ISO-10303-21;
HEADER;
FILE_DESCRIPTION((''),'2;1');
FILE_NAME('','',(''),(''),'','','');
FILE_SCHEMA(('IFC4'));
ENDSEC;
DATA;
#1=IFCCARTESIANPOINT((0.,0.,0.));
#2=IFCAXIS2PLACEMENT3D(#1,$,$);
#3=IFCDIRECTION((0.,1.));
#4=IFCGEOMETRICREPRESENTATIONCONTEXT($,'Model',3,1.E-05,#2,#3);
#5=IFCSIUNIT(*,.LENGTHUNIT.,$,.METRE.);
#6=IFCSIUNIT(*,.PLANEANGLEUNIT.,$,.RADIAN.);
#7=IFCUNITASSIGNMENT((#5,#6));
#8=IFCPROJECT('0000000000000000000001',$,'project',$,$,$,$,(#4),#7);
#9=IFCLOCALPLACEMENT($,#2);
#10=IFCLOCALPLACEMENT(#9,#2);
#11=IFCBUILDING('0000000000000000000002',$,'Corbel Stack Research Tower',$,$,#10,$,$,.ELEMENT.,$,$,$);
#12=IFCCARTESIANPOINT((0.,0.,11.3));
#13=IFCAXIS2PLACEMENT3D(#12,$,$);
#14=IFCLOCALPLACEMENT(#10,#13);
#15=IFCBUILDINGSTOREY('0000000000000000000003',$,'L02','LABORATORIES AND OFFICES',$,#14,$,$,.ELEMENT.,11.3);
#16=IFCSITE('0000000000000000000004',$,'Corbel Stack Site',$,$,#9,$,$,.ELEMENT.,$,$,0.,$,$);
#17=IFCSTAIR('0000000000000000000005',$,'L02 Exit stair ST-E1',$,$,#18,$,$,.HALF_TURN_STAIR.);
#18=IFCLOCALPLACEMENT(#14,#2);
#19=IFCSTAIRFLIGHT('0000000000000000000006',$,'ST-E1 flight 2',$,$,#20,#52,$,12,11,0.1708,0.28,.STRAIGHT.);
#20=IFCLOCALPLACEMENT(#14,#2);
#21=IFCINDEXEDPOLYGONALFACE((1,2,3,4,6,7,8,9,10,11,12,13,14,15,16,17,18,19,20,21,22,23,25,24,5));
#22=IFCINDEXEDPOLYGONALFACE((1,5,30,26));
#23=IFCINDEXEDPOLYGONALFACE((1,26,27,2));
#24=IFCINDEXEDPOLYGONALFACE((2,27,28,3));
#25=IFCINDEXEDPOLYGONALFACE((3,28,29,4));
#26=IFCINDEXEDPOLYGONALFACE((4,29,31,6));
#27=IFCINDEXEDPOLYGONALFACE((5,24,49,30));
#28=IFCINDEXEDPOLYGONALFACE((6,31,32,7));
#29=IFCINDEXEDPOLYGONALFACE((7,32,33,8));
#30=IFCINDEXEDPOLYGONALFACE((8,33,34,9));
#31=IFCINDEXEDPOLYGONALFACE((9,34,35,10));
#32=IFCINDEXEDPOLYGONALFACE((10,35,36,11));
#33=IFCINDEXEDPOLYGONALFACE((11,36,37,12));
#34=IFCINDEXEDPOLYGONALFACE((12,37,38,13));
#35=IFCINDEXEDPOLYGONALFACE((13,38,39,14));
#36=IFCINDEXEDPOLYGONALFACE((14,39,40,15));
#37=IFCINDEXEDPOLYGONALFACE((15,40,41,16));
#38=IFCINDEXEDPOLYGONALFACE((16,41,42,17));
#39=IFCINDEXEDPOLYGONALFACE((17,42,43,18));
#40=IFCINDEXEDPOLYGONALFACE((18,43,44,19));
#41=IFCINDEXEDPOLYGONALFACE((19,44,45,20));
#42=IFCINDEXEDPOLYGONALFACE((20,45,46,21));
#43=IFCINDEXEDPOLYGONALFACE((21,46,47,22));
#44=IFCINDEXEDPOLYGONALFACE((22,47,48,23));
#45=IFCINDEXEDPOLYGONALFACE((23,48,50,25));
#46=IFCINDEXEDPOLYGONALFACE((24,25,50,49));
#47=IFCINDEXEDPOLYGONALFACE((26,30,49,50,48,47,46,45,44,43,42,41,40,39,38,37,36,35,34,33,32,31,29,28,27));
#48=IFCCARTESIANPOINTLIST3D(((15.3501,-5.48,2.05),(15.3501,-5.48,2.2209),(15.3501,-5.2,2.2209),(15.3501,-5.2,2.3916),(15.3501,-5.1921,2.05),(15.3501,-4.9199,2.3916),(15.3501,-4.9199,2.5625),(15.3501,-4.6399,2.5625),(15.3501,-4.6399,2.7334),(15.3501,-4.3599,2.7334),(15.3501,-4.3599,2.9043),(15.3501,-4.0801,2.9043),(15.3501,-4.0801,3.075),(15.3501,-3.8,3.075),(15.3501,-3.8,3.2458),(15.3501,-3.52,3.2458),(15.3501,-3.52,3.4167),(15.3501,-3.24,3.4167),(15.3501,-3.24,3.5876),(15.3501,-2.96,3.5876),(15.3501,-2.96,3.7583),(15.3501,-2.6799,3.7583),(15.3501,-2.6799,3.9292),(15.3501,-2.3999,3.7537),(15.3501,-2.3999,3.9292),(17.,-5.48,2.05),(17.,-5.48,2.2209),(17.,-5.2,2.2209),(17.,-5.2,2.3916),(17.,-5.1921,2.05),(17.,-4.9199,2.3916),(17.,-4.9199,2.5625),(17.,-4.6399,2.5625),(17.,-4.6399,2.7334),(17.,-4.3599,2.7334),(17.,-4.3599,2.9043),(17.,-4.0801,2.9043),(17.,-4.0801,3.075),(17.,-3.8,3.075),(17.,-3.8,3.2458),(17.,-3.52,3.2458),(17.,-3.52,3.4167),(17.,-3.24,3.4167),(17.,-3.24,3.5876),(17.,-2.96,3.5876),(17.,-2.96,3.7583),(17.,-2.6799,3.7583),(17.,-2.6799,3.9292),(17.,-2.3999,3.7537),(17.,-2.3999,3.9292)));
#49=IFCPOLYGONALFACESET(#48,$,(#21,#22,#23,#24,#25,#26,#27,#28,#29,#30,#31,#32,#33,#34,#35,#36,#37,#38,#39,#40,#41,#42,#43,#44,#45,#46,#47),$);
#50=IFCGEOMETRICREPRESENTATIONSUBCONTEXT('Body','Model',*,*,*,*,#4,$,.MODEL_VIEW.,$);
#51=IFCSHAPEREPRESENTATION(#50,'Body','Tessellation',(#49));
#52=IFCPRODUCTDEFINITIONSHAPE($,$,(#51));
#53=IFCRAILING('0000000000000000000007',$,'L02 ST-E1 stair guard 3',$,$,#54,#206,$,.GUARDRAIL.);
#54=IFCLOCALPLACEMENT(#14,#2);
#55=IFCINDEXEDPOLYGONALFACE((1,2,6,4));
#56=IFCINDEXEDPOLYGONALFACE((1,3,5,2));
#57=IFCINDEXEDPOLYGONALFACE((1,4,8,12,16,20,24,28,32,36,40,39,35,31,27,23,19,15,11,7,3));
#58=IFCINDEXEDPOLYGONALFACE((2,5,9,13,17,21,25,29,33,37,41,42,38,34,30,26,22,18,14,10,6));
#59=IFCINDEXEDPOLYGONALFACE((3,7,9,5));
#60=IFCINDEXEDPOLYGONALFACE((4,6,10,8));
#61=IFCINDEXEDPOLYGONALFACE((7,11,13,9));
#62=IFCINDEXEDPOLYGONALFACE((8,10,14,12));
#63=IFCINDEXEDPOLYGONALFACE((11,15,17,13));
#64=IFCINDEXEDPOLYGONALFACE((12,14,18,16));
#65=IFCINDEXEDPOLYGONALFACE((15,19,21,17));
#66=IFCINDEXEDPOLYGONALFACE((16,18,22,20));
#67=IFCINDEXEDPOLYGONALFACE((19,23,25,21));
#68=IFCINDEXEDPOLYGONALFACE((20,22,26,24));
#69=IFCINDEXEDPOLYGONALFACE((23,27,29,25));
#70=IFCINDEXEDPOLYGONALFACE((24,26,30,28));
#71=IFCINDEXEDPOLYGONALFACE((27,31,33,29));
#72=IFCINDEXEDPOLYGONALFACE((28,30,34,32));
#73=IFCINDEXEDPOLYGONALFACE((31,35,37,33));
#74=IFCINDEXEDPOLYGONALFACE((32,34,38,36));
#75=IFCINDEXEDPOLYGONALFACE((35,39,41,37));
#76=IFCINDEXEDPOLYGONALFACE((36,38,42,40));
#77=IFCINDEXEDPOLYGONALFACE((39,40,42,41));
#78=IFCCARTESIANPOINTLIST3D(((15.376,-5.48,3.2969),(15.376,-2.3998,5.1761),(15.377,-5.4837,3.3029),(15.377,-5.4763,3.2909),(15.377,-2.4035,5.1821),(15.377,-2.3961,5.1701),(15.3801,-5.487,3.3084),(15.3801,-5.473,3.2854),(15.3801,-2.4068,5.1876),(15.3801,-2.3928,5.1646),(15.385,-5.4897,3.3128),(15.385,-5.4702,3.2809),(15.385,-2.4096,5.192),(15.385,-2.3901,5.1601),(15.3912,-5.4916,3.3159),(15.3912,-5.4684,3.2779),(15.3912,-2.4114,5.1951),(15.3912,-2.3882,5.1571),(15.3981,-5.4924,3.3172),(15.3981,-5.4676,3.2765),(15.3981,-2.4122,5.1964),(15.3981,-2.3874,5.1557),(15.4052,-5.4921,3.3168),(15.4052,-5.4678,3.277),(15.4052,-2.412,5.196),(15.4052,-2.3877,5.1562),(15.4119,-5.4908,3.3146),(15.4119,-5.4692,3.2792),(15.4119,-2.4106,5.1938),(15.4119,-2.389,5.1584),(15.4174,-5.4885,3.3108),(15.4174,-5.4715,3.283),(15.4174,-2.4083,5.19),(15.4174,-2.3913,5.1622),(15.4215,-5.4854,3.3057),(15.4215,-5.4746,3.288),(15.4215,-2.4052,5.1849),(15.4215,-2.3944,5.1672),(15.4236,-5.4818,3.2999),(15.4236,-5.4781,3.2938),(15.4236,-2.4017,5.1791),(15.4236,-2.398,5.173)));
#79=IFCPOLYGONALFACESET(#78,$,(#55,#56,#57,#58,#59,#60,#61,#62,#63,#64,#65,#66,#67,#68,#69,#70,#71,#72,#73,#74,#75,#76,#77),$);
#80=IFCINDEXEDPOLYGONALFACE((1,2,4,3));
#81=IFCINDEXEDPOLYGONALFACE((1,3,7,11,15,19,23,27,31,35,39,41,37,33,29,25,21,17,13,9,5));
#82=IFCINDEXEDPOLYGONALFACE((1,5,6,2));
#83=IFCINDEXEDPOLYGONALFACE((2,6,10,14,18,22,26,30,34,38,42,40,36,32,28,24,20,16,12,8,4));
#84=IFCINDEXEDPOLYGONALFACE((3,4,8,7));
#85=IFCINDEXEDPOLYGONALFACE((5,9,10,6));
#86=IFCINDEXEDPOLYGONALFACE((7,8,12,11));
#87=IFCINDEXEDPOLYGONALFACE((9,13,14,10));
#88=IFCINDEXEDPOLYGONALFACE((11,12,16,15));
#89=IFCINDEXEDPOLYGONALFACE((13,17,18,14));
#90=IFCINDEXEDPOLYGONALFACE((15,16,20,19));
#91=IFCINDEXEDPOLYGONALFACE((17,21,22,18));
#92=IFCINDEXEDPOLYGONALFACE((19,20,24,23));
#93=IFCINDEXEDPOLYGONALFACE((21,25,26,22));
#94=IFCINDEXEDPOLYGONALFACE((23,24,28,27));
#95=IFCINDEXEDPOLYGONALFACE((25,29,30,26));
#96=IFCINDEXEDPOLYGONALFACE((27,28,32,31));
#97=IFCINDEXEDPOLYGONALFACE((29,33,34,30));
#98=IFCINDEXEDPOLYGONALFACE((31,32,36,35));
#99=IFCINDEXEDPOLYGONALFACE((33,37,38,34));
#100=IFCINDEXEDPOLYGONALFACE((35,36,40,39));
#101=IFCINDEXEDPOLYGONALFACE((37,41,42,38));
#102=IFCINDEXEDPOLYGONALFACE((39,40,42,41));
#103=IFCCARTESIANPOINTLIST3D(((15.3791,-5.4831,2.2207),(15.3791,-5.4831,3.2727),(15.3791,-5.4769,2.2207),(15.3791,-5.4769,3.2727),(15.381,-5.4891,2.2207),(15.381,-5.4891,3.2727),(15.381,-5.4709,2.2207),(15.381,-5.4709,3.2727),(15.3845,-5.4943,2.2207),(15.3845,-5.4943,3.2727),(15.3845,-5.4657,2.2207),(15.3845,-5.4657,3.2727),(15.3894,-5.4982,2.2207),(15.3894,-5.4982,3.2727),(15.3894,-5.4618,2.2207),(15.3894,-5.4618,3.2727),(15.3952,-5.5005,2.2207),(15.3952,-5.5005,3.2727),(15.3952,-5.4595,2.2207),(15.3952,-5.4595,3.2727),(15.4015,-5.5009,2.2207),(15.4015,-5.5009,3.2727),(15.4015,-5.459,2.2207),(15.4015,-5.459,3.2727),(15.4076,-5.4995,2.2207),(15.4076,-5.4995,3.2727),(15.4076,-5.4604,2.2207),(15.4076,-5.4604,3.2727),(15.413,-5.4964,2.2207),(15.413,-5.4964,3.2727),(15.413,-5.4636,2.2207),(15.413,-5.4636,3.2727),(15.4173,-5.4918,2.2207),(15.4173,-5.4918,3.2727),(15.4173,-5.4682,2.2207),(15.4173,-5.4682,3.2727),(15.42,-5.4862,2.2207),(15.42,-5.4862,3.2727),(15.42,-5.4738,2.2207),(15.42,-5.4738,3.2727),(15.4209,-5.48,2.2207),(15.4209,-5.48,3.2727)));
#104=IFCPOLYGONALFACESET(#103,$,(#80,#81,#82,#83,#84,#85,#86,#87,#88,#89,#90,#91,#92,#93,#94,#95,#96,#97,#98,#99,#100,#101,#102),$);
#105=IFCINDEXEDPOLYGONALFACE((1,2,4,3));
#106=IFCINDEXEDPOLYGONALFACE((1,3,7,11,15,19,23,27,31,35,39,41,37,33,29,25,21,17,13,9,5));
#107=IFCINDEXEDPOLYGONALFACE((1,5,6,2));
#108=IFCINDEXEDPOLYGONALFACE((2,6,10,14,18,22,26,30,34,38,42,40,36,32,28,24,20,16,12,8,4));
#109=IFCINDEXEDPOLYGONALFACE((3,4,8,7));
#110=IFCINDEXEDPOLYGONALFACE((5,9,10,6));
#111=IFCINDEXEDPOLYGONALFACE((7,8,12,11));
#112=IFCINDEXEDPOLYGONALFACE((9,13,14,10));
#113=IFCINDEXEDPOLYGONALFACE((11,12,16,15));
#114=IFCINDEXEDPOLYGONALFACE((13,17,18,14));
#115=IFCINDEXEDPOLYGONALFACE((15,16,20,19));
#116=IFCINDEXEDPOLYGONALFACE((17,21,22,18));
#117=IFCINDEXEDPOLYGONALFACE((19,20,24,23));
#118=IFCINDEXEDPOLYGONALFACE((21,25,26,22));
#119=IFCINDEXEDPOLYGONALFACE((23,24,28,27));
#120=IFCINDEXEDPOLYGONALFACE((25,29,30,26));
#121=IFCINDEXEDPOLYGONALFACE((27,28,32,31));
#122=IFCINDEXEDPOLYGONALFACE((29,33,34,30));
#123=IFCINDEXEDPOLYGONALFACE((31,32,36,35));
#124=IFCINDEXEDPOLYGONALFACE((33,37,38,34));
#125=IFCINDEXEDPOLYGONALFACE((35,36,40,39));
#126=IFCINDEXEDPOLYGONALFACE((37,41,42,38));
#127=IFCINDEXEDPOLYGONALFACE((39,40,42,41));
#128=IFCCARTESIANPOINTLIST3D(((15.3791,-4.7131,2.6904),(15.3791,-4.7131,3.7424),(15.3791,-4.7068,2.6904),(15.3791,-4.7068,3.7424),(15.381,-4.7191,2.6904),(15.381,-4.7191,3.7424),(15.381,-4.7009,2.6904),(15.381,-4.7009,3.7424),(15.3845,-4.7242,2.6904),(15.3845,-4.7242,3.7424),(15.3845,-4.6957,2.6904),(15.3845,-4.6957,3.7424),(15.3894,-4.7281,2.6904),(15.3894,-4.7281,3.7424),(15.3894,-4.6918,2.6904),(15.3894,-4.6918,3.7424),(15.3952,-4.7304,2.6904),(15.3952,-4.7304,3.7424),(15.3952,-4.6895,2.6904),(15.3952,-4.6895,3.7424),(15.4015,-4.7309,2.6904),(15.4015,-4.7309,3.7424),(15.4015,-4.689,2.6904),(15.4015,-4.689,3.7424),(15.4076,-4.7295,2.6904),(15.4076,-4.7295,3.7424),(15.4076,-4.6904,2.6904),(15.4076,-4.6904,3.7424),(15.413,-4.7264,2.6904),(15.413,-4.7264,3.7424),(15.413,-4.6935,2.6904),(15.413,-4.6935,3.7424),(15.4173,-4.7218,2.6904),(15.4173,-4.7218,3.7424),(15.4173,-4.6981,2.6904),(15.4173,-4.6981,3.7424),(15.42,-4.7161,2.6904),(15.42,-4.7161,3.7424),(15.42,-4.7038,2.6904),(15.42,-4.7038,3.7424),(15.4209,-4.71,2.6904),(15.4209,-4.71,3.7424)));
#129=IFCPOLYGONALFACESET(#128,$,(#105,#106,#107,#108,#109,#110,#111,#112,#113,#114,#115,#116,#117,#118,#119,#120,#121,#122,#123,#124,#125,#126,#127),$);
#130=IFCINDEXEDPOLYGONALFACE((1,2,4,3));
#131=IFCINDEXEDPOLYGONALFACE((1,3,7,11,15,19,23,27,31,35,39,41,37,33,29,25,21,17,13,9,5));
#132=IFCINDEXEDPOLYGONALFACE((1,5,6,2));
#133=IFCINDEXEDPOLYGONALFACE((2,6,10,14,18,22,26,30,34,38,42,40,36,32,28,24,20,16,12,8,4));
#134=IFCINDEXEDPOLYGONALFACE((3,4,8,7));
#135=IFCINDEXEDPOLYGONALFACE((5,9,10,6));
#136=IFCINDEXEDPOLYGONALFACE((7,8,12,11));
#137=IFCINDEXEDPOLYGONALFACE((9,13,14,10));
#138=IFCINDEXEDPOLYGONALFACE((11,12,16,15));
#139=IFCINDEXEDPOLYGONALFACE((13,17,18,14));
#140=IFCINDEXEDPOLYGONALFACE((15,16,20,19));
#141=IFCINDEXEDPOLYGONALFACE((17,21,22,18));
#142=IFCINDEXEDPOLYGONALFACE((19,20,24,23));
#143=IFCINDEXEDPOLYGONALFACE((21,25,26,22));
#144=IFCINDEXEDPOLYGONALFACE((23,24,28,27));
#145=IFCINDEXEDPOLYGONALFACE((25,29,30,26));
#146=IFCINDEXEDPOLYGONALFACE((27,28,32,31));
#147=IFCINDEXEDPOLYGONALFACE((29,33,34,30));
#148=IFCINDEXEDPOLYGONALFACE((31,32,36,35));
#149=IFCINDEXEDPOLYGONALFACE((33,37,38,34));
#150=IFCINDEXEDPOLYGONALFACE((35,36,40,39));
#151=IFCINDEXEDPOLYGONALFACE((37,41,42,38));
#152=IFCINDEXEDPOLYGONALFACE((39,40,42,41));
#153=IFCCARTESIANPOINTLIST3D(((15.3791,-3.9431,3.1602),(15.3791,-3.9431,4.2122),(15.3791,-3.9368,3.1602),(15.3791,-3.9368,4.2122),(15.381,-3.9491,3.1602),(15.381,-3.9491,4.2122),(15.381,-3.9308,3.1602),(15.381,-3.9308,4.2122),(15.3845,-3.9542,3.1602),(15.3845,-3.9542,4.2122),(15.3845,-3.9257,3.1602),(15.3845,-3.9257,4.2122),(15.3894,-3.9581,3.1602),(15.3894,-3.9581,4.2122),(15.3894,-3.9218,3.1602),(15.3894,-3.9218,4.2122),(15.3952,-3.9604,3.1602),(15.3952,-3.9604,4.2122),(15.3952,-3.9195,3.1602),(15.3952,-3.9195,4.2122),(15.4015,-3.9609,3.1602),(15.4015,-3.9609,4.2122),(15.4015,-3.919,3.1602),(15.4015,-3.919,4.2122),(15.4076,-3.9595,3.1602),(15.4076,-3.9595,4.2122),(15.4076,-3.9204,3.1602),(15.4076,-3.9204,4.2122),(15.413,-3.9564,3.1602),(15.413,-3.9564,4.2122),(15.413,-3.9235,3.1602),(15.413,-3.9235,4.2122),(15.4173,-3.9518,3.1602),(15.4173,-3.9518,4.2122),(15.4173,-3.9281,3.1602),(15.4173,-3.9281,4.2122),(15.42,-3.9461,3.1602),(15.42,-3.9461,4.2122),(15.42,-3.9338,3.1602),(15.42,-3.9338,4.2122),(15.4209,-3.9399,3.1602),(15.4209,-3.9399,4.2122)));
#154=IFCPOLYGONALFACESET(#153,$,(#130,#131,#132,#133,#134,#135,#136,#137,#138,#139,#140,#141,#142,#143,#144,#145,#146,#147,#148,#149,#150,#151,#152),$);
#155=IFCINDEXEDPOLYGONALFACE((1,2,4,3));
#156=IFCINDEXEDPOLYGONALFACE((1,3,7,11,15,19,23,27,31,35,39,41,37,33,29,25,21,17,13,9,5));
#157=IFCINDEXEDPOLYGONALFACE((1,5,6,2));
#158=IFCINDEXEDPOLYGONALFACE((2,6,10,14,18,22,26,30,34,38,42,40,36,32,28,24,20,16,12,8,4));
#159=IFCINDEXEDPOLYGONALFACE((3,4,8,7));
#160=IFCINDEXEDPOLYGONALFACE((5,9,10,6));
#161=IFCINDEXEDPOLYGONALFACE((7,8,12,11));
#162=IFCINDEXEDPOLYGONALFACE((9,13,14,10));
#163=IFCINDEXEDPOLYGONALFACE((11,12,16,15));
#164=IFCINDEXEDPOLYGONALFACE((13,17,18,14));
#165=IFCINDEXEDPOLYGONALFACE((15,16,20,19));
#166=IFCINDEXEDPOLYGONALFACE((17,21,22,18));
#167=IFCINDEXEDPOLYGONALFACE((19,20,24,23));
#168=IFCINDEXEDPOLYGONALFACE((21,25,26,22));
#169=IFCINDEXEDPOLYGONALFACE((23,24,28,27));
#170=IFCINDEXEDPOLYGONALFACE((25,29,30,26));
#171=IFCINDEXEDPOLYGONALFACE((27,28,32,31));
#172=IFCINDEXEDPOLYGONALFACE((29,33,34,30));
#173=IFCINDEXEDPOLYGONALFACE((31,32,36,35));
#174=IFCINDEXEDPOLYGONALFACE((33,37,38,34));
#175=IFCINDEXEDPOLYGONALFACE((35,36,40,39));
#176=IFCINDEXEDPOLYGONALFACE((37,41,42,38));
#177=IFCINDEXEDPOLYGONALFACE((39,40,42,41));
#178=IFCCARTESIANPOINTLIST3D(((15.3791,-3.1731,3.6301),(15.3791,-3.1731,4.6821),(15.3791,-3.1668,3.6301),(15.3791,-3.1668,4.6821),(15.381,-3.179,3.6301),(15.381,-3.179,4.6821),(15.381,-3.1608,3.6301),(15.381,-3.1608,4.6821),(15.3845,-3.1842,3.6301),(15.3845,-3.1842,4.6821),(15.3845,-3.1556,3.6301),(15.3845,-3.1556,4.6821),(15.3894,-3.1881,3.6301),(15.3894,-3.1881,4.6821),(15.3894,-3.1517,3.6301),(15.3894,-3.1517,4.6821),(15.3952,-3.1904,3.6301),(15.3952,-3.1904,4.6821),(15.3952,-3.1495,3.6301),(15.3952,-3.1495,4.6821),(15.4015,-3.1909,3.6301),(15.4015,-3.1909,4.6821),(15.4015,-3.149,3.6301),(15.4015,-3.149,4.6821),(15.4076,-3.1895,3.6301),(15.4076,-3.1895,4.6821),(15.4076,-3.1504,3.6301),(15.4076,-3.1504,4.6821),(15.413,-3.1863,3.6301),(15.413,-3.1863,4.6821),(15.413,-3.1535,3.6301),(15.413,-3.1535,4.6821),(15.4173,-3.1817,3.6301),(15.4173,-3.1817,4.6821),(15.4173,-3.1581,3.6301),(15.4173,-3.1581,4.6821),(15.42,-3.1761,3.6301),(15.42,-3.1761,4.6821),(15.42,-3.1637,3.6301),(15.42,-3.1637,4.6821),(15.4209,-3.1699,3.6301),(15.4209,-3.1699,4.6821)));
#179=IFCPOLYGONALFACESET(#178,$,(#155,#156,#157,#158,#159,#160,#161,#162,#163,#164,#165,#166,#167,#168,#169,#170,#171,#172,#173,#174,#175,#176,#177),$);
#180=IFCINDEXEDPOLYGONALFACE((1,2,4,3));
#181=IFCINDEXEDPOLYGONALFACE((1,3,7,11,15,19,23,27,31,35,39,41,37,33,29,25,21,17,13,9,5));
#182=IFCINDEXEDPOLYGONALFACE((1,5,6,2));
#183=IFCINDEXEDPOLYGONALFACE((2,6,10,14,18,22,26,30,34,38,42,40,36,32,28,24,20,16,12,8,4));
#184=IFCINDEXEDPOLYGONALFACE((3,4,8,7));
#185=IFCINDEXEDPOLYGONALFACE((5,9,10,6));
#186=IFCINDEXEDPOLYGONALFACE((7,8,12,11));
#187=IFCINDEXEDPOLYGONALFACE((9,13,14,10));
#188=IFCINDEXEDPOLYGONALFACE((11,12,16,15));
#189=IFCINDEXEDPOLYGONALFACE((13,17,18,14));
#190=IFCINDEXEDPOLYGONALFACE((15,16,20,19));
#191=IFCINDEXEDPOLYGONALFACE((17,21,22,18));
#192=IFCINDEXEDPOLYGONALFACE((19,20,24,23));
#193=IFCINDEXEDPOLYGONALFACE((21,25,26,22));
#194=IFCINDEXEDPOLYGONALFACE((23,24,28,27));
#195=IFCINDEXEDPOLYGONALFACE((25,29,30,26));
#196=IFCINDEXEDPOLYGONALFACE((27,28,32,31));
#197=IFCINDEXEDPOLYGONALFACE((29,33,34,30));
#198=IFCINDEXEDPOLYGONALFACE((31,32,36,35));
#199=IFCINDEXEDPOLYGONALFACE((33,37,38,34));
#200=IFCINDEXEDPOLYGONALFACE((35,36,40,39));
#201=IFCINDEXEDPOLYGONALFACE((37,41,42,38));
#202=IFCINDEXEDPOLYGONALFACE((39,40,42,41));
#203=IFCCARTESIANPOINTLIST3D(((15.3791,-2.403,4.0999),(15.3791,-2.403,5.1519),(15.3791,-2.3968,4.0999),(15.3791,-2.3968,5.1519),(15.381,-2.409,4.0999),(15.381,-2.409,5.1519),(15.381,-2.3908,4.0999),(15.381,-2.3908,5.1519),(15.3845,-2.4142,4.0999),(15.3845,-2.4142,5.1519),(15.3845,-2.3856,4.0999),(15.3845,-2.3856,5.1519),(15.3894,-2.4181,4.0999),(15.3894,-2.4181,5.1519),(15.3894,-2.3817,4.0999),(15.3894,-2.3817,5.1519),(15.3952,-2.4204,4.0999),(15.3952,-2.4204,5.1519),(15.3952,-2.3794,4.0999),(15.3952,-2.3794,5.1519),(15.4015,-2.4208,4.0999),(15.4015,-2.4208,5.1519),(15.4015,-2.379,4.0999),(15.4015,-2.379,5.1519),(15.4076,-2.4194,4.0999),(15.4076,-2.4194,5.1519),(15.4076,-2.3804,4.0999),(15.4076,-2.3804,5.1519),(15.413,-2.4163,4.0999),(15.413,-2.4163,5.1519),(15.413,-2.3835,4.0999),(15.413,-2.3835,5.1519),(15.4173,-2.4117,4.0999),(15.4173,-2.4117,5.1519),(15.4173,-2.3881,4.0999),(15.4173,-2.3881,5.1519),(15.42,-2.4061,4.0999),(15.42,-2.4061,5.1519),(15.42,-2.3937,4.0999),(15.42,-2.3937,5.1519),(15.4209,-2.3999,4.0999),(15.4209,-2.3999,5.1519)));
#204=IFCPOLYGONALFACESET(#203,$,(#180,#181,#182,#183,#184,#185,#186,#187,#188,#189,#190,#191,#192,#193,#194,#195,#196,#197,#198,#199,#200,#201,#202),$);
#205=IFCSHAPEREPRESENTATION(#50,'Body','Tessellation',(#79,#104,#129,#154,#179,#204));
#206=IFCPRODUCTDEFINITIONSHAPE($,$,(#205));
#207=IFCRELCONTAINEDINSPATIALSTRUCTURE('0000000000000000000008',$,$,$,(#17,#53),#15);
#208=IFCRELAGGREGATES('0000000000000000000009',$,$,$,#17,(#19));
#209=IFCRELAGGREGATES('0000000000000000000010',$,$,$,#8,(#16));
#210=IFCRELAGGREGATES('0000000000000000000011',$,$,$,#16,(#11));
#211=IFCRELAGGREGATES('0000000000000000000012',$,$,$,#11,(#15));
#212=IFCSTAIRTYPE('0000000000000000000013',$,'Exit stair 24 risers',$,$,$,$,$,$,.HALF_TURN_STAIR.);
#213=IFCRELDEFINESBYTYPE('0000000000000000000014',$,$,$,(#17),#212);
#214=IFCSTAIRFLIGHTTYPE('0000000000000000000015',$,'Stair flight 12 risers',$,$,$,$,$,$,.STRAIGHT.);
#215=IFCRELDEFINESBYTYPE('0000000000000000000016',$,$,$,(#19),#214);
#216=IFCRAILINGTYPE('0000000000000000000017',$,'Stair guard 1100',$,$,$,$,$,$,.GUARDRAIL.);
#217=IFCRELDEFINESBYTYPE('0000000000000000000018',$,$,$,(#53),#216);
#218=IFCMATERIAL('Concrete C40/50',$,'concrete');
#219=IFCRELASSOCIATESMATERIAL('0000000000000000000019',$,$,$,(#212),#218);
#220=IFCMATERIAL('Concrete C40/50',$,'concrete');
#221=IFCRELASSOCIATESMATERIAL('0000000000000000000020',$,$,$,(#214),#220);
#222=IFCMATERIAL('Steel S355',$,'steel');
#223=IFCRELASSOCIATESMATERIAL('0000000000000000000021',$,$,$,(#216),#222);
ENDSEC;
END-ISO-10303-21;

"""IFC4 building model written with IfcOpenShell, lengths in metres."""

from ifc_helpers import new_model, si_unit, direction, frame, origin, origin_2d, place, context, subcontext, project, spatial, polyline, circle, outline, extrude, material, type_object, element, aggregate, save


model = new_model("IFC4")

# Units and contexts
model_context = context("Model", 3, precision=1e-05, world=origin(), true_north=direction((0.0, 1.0)))
body_context = subcontext(model_context, "Body", "Model", "MODEL_VIEW")
ifc_project = project(units=[si_unit("LENGTHUNIT", "METRE"), si_unit("PLANEANGLEUNIT", "RADIAN")], contexts=[model_context])

# Site, building, storey
site_placement = place(None, origin())
site = spatial("IfcSite", under=ifc_project, at=site_placement, Name="Corbel Stack Site", CompositionType="ELEMENT", RefElevation=0.0)
building_placement = place(site_placement, origin())
building = spatial("IfcBuilding", under=site, at=building_placement, Name="Corbel Stack Research Tower", CompositionType="ELEMENT")
storey_placement = place(building_placement, frame((0.0, 0.0, 11.3)))
storey = spatial("IfcBuildingStorey", under=building, at=storey_placement, Name="L02", Description="LABORATORIES AND OFFICES", CompositionType="ELEMENT", Elevation=11.3)

# Stair, stair flight
ifc_material_1 = material(Name="Concrete C40/50", Category="concrete")
stair_type = type_object("IfcStairType", Name="Exit stair 24 risers", PredefinedType="HALF_TURN_STAIR", material=ifc_material_1)
stair_placement = place(storey_placement, origin())
stair = element("IfcStair", 1, at=stair_placement, inside=storey, type_object=stair_type, Name="L02 Exit stair ST-E1", PredefinedType="HALF_TURN_STAIR")
ifc_material_2 = material(Name="Concrete C40/50", Category="concrete")
stair_flight_type = type_object("IfcStairFlightType", Name="Stair flight 12 risers", PredefinedType="STRAIGHT", material=ifc_material_2)
stair_flight_placement = place(storey_placement, frame((16.175, -5.48, 2.05), z_axis=(0.0, 0.0, 1.0), x_axis=(0.0, 1.0, 0.0)))
stair_flight = element("IfcStairFlight", 2, at=stair_flight_placement, type_object=stair_flight_type, Name="ST-E1 flight 2", NumberOfRisers=12, NumberOfTreads=11, PredefinedType="STRAIGHT", RiserHeight=0.1708, TreadLength=0.28, context=body_context, shape_type="SweptSolid", body=[
    extrude(outline(polyline([(0.0, 0.0), (0.0, 0.1709), (0.28, 0.1709), (0.28, 0.3416), (0.5601, 0.3416), (0.5601, 0.5125), (0.8401, 0.5125), (0.8401, 0.6833), (1.1201, 0.6833), (1.1201, 0.8542), (1.3999, 0.8542), (1.3999, 1.0249), (1.6799, 1.0249), (1.6799, 1.1958), (1.96, 1.1958), (1.96, 1.3667), (2.24, 1.3667), (2.24, 1.5376), (2.52, 1.5376), (2.52, 1.7083), (2.8, 1.7083), (2.8, 1.8792), (3.0801, 1.8792), (3.0801, 2.05), (3.0801, 1.7036), (0.2878, 0.0), (0.0, 0.0)])), frame((0.0, 0.825, 0.0), z_axis=(0.0, -1.0, 0.0), x_axis=(1.0, 0.0, 0.0)), (0.0, 0.0, 1.0), 1.6499),
])
aggregate(stair, [stair_flight])

# Railing
ifc_material_3 = material(Name="Steel S355", Category="steel")
railing_type_1 = type_object("IfcRailingType", Name="Stair guard 1100", PredefinedType="GUARDRAIL", material=ifc_material_3)
railing_1_placement = place(storey_placement, frame((15.3999, -5.48, 2.2207)))
element("IfcRailing", 3, at=railing_1_placement, inside=storey, type_object=railing_type_1, Name="L02 ST-E1 stair guard 3", PredefinedType="GUARDRAIL", context=body_context, shape_type="SweptSolid", body=[
    extrude(circle(Radius=0.0239, at=origin_2d()), frame((0.0, 0.0, 1.0762), z_axis=(0.0, 0.853666, 0.52082), x_axis=(-1.0, 0.0, 0.0)), (0.0, 0.0, 1.0), 3.6082),
    extrude(circle(Radius=0.021, at=origin_2d()), origin(), (0.0, 0.0, 1.0), 1.052),
    extrude(circle(Radius=0.021, at=origin_2d()), frame((0.0, 0.77, 0.4697)), (0.0, 0.0, 1.0), 1.052),
    extrude(circle(Radius=0.021, at=origin_2d()), frame((0.0, 1.54, 0.9395)), (0.0, 0.0, 1.0), 1.052),
    extrude(circle(Radius=0.021, at=origin_2d()), frame((0.0, 2.3101, 1.4094)), (0.0, 0.0, 1.0), 1.052),
    extrude(circle(Radius=0.021, at=origin_2d()), frame((0.0, 3.0801, 1.8792)), (0.0, 0.0, 1.0), 1.052),
])

save(model, "model.ifc")
